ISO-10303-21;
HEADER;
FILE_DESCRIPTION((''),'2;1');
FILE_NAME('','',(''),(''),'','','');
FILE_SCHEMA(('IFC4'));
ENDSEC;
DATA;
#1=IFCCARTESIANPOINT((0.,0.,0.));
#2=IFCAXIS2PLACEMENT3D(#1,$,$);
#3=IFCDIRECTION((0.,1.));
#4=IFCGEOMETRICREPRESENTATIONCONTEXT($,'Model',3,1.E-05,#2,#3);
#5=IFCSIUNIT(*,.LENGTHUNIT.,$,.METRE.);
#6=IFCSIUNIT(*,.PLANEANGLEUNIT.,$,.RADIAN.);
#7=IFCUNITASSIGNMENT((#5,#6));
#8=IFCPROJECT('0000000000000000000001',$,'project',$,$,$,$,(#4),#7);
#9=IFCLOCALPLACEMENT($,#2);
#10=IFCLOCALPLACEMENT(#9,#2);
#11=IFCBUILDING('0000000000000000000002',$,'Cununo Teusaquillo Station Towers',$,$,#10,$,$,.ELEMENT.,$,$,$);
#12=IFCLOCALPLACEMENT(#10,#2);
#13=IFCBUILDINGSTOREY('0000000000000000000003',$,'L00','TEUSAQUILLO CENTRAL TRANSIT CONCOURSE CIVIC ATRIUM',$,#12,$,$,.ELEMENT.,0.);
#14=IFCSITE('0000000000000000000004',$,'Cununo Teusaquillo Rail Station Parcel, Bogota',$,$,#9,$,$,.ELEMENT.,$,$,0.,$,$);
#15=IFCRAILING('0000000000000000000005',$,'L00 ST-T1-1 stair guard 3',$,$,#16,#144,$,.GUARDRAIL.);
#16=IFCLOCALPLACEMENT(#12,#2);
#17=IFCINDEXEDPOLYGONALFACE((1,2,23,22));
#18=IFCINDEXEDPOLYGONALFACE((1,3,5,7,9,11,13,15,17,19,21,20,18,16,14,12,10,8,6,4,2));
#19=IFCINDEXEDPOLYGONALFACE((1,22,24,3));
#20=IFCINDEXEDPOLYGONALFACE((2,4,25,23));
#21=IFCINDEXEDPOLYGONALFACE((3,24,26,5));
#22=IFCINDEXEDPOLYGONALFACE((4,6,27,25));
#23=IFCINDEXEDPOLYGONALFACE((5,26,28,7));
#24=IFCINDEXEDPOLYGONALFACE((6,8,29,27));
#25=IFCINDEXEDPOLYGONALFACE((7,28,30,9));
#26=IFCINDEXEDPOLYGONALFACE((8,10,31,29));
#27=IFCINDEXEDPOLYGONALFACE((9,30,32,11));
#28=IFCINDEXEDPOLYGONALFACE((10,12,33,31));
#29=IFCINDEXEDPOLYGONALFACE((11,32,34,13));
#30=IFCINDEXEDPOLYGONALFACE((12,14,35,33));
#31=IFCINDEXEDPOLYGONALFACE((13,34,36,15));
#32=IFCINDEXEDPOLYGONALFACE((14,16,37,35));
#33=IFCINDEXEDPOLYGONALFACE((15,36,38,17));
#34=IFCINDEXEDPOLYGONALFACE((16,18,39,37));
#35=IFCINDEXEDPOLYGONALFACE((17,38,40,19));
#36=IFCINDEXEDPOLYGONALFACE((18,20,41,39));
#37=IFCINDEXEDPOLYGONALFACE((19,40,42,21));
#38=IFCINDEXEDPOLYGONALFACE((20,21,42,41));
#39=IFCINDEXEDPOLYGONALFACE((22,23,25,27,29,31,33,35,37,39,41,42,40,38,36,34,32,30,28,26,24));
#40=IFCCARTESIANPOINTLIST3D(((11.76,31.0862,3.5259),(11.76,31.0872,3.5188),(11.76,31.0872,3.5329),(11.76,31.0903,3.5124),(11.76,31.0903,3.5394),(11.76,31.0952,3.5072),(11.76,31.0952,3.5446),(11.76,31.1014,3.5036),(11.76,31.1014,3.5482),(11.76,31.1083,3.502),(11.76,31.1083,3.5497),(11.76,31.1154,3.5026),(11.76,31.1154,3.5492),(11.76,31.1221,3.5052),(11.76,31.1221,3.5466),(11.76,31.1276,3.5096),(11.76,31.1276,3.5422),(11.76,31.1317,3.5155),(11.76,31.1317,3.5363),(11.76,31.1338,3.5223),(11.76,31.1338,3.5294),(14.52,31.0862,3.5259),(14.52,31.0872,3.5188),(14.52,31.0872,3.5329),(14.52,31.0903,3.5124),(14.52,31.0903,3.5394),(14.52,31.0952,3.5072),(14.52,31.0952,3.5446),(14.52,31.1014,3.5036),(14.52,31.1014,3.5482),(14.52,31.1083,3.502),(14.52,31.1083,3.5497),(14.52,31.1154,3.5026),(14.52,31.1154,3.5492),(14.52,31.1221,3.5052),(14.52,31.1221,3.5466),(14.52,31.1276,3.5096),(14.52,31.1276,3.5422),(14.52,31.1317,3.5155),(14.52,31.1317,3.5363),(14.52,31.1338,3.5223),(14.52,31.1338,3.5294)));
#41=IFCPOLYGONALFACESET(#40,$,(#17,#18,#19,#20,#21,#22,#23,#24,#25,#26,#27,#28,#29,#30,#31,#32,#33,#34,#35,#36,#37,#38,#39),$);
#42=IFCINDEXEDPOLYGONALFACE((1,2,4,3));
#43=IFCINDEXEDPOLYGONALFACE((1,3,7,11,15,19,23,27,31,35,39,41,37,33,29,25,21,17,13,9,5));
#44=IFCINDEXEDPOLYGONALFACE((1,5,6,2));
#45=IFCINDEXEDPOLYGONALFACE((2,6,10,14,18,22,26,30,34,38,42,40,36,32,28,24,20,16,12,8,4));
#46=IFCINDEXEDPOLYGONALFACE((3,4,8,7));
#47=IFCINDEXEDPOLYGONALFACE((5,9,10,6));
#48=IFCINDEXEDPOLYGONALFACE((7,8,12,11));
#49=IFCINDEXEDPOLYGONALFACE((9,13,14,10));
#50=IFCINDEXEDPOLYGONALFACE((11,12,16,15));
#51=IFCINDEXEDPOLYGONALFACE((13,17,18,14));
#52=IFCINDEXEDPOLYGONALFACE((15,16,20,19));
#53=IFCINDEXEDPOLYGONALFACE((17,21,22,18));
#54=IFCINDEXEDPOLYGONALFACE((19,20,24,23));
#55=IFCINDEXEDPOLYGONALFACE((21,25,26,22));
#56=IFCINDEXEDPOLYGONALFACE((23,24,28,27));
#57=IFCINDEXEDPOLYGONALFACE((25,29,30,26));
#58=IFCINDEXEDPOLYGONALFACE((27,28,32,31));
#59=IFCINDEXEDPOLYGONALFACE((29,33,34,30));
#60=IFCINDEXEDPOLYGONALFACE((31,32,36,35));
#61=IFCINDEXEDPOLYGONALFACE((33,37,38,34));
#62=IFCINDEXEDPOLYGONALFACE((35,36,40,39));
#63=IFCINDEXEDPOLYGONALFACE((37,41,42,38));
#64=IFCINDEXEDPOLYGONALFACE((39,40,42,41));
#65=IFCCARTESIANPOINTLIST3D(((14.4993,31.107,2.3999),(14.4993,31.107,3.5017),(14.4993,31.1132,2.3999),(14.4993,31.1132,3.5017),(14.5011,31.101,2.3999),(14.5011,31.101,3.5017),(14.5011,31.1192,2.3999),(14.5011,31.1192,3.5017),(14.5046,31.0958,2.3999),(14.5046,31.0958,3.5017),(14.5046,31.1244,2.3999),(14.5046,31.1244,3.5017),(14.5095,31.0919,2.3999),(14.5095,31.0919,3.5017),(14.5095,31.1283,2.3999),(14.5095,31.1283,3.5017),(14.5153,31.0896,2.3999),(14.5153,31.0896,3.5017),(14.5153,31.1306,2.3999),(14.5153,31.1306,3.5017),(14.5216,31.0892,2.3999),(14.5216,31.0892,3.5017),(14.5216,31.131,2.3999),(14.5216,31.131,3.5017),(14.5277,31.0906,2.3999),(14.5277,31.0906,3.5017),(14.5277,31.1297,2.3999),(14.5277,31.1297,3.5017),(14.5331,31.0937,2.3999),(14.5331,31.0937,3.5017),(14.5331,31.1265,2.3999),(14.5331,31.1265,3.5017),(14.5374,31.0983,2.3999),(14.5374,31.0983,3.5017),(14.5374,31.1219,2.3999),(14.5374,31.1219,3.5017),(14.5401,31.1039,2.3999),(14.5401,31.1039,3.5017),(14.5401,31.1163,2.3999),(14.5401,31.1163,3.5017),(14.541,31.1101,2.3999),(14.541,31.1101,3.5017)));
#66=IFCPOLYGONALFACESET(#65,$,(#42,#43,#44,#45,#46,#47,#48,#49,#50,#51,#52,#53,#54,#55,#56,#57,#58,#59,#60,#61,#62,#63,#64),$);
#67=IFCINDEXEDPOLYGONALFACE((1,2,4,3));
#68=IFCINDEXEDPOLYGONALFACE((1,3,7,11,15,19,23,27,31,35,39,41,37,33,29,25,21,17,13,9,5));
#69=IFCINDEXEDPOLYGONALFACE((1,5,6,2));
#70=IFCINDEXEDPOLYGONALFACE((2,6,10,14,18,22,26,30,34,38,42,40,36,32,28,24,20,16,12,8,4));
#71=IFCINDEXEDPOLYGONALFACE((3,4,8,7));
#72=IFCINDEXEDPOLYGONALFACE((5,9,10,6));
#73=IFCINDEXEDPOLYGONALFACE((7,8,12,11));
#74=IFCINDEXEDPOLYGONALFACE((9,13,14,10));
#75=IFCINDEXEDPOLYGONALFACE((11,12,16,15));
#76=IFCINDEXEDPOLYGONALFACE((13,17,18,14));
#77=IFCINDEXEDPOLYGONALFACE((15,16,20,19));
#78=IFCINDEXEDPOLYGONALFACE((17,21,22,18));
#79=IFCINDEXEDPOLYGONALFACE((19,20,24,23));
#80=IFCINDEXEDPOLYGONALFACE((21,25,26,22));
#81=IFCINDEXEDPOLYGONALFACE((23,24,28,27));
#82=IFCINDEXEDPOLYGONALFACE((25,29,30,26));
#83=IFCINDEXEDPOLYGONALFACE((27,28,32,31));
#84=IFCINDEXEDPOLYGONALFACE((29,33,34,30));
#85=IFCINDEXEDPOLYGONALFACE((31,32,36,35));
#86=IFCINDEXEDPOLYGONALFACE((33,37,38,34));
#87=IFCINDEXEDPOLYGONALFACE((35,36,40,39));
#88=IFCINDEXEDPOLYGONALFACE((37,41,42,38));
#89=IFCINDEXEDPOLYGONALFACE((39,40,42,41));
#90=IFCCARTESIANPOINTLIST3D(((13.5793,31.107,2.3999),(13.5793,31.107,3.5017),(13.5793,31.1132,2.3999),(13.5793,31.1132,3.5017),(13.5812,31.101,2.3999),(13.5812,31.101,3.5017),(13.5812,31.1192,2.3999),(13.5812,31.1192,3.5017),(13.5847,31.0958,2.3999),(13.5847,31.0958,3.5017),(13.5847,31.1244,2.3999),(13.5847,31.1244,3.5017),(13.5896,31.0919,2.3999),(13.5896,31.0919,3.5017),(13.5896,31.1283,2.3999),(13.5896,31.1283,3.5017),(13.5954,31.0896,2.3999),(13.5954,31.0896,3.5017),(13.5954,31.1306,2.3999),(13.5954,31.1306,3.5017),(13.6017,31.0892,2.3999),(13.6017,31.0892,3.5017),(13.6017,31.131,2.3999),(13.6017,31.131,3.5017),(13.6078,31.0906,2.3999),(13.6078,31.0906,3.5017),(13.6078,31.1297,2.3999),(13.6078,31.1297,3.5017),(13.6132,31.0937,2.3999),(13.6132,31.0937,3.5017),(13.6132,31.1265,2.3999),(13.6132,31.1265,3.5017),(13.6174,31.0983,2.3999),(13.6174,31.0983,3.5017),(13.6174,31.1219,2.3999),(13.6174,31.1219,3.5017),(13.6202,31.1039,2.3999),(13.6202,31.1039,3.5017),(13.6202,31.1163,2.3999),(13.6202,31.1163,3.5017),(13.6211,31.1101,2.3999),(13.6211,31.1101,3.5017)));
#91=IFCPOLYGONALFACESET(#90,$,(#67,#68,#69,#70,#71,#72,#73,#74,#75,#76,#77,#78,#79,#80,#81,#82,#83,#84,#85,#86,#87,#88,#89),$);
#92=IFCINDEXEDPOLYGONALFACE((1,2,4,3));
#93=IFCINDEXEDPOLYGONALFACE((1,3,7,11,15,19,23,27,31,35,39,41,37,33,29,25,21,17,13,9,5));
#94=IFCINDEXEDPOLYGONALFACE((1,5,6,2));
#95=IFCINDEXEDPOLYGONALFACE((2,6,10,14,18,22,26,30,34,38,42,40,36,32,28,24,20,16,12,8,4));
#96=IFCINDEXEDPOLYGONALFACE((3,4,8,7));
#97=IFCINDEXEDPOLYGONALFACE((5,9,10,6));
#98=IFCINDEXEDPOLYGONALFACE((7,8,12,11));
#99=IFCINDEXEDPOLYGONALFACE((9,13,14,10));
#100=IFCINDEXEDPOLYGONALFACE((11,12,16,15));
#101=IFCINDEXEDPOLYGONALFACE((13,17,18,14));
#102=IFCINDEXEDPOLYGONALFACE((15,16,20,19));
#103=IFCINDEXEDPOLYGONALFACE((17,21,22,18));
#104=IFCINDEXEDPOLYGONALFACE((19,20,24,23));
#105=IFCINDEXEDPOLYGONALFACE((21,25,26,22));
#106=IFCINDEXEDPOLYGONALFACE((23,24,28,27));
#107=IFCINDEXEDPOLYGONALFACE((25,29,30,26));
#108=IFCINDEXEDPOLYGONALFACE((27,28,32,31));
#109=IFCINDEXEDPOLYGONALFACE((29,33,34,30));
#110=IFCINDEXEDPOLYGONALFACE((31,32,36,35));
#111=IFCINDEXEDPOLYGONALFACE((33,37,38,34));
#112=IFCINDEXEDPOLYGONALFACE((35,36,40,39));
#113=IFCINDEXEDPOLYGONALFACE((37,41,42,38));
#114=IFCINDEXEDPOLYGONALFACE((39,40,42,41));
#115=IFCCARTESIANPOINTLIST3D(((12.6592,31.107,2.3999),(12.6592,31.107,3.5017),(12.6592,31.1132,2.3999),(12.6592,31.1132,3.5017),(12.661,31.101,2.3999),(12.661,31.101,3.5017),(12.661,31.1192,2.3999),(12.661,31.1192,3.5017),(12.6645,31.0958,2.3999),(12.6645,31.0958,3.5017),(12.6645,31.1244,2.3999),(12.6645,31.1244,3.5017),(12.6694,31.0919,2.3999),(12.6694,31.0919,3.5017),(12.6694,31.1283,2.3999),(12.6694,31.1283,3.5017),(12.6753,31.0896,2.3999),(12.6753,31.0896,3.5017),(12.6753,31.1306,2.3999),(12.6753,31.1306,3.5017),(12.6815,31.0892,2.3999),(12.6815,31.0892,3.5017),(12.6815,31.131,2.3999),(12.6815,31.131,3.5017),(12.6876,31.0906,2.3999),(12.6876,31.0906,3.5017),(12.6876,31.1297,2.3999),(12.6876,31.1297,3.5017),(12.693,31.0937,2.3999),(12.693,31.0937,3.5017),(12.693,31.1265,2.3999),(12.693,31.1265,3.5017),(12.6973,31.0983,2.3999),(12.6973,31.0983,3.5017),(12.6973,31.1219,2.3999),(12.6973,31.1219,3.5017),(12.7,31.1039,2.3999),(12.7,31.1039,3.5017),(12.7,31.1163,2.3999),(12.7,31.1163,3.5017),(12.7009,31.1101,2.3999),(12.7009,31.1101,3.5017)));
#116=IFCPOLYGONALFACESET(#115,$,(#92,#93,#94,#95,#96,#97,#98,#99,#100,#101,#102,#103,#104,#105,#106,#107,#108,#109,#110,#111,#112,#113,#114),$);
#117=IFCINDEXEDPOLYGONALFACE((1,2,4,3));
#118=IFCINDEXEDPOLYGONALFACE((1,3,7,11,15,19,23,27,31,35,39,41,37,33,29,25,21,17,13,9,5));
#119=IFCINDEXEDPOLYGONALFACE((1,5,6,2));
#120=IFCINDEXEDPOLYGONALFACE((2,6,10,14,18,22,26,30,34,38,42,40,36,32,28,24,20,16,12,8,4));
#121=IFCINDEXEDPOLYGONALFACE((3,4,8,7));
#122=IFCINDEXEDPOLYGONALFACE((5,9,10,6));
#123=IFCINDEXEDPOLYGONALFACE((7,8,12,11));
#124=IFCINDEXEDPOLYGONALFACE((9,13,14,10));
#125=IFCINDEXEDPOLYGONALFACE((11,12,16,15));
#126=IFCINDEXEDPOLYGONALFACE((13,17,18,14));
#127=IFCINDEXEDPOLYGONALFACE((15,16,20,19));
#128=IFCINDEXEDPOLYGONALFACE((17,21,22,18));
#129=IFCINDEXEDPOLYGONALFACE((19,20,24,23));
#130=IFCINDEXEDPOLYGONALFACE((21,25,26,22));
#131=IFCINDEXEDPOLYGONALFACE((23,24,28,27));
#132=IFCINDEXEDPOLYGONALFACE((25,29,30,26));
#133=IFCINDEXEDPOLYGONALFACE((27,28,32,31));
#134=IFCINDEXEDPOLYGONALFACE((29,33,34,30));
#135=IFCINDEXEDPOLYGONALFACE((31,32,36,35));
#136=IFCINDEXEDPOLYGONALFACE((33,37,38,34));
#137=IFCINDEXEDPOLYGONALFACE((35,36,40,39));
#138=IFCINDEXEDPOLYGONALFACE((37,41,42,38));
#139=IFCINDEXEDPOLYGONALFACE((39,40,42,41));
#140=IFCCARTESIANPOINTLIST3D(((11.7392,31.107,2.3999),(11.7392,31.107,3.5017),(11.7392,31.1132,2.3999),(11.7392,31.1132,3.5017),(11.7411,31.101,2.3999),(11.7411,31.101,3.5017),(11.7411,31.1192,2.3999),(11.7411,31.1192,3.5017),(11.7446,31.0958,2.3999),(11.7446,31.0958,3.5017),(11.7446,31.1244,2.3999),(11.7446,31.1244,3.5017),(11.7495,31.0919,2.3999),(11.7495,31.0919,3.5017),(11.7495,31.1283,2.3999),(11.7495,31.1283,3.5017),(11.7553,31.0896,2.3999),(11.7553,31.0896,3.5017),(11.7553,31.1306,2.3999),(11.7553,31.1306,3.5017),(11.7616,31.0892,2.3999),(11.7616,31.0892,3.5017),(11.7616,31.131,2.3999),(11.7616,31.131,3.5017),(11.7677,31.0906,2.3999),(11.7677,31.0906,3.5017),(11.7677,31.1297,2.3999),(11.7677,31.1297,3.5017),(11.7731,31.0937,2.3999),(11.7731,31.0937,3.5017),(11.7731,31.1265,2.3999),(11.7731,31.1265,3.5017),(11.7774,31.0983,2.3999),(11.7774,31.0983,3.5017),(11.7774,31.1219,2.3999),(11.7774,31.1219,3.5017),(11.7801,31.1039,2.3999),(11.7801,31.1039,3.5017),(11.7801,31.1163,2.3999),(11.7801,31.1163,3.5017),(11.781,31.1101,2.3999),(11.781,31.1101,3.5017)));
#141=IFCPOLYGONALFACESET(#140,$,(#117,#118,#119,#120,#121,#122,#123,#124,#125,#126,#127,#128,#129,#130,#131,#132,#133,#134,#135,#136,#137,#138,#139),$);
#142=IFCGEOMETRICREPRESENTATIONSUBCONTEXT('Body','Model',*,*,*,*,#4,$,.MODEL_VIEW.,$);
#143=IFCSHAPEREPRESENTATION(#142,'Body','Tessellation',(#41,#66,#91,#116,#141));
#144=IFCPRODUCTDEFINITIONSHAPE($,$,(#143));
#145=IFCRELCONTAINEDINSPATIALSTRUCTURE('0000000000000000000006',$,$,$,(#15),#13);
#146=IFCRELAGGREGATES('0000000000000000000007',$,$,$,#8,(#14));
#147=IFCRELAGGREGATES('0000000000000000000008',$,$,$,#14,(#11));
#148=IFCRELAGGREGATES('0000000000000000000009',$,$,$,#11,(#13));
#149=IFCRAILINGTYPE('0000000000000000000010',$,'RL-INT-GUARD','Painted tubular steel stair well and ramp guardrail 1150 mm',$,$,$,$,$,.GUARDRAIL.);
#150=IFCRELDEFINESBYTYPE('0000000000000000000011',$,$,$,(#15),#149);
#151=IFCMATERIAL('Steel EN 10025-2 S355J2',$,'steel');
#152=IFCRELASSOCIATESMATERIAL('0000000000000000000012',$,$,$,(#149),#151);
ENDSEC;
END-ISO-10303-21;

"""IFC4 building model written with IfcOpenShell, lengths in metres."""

from ifc_helpers import new_model, si_unit, direction, frame, origin, origin_2d, place, context, subcontext, project, spatial, circle, extrude, material, type_object, element, save


model = new_model("IFC4")

# Units and contexts
model_context = context("Model", 3, precision=1e-05, world=origin(), true_north=direction((0.0, 1.0)))
body_context = subcontext(model_context, "Body", "Model", "MODEL_VIEW")
ifc_project = project(units=[si_unit("LENGTHUNIT", "METRE"), si_unit("PLANEANGLEUNIT", "RADIAN")], contexts=[model_context])

# Site, building, storey
site_placement = place(None, origin())
site = spatial("IfcSite", under=ifc_project, at=site_placement, Name="Cununo Teusaquillo Rail Station Parcel, Bogota", CompositionType="ELEMENT", RefElevation=0.0)
building_placement = place(site_placement, origin())
building = spatial("IfcBuilding", under=site, at=building_placement, Name="Cununo Teusaquillo Station Towers", CompositionType="ELEMENT")
storey_placement = place(building_placement, origin())
storey = spatial("IfcBuildingStorey", under=building, at=storey_placement, Name="L00", Description="TEUSAQUILLO CENTRAL TRANSIT CONCOURSE CIVIC ATRIUM", CompositionType="ELEMENT", Elevation=0.0)

# Railing
ifc_material_1 = material(Name="Steel EN 10025-2 S355J2", Category="steel")
railing_type_1 = type_object("IfcRailingType", Name="RL-INT-GUARD", Description="Painted tubular steel stair well and ramp guardrail 1150 mm", PredefinedType="GUARDRAIL", material=ifc_material_1)
railing_1_placement = place(storey_placement, frame((14.52, 31.1101, 2.3999)))
element("IfcRailing", 1, at=railing_1_placement, inside=storey, type_object=railing_type_1, Name="L00 ST-T1-1 stair guard 3", PredefinedType="GUARDRAIL", context=body_context, shape_type="SweptSolid", body=[
    extrude(circle(Radius=0.0239, at=origin_2d()), frame((0.0, 0.0, 1.126), z_axis=(-1.0, 0.0, 0.0), x_axis=(0.0, -1.0, 0.0)), (0.0, 0.0, 1.0), 2.76),
    extrude(circle(Radius=0.021, at=origin_2d()), origin(), (0.0, 0.0, 1.0), 1.1018),
    extrude(circle(Radius=0.021, at=origin_2d()), frame((-0.9199, 0.0, 0.0)), (0.0, 0.0, 1.0), 1.1018),
    extrude(circle(Radius=0.021, at=origin_2d()), frame((-1.8401, 0.0, 0.0)), (0.0, 0.0, 1.0), 1.1018),
    extrude(circle(Radius=0.021, at=origin_2d()), frame((-2.76, 0.0, 0.0)), (0.0, 0.0, 1.0), 1.1018),
])

save(model, "model.ifc")
